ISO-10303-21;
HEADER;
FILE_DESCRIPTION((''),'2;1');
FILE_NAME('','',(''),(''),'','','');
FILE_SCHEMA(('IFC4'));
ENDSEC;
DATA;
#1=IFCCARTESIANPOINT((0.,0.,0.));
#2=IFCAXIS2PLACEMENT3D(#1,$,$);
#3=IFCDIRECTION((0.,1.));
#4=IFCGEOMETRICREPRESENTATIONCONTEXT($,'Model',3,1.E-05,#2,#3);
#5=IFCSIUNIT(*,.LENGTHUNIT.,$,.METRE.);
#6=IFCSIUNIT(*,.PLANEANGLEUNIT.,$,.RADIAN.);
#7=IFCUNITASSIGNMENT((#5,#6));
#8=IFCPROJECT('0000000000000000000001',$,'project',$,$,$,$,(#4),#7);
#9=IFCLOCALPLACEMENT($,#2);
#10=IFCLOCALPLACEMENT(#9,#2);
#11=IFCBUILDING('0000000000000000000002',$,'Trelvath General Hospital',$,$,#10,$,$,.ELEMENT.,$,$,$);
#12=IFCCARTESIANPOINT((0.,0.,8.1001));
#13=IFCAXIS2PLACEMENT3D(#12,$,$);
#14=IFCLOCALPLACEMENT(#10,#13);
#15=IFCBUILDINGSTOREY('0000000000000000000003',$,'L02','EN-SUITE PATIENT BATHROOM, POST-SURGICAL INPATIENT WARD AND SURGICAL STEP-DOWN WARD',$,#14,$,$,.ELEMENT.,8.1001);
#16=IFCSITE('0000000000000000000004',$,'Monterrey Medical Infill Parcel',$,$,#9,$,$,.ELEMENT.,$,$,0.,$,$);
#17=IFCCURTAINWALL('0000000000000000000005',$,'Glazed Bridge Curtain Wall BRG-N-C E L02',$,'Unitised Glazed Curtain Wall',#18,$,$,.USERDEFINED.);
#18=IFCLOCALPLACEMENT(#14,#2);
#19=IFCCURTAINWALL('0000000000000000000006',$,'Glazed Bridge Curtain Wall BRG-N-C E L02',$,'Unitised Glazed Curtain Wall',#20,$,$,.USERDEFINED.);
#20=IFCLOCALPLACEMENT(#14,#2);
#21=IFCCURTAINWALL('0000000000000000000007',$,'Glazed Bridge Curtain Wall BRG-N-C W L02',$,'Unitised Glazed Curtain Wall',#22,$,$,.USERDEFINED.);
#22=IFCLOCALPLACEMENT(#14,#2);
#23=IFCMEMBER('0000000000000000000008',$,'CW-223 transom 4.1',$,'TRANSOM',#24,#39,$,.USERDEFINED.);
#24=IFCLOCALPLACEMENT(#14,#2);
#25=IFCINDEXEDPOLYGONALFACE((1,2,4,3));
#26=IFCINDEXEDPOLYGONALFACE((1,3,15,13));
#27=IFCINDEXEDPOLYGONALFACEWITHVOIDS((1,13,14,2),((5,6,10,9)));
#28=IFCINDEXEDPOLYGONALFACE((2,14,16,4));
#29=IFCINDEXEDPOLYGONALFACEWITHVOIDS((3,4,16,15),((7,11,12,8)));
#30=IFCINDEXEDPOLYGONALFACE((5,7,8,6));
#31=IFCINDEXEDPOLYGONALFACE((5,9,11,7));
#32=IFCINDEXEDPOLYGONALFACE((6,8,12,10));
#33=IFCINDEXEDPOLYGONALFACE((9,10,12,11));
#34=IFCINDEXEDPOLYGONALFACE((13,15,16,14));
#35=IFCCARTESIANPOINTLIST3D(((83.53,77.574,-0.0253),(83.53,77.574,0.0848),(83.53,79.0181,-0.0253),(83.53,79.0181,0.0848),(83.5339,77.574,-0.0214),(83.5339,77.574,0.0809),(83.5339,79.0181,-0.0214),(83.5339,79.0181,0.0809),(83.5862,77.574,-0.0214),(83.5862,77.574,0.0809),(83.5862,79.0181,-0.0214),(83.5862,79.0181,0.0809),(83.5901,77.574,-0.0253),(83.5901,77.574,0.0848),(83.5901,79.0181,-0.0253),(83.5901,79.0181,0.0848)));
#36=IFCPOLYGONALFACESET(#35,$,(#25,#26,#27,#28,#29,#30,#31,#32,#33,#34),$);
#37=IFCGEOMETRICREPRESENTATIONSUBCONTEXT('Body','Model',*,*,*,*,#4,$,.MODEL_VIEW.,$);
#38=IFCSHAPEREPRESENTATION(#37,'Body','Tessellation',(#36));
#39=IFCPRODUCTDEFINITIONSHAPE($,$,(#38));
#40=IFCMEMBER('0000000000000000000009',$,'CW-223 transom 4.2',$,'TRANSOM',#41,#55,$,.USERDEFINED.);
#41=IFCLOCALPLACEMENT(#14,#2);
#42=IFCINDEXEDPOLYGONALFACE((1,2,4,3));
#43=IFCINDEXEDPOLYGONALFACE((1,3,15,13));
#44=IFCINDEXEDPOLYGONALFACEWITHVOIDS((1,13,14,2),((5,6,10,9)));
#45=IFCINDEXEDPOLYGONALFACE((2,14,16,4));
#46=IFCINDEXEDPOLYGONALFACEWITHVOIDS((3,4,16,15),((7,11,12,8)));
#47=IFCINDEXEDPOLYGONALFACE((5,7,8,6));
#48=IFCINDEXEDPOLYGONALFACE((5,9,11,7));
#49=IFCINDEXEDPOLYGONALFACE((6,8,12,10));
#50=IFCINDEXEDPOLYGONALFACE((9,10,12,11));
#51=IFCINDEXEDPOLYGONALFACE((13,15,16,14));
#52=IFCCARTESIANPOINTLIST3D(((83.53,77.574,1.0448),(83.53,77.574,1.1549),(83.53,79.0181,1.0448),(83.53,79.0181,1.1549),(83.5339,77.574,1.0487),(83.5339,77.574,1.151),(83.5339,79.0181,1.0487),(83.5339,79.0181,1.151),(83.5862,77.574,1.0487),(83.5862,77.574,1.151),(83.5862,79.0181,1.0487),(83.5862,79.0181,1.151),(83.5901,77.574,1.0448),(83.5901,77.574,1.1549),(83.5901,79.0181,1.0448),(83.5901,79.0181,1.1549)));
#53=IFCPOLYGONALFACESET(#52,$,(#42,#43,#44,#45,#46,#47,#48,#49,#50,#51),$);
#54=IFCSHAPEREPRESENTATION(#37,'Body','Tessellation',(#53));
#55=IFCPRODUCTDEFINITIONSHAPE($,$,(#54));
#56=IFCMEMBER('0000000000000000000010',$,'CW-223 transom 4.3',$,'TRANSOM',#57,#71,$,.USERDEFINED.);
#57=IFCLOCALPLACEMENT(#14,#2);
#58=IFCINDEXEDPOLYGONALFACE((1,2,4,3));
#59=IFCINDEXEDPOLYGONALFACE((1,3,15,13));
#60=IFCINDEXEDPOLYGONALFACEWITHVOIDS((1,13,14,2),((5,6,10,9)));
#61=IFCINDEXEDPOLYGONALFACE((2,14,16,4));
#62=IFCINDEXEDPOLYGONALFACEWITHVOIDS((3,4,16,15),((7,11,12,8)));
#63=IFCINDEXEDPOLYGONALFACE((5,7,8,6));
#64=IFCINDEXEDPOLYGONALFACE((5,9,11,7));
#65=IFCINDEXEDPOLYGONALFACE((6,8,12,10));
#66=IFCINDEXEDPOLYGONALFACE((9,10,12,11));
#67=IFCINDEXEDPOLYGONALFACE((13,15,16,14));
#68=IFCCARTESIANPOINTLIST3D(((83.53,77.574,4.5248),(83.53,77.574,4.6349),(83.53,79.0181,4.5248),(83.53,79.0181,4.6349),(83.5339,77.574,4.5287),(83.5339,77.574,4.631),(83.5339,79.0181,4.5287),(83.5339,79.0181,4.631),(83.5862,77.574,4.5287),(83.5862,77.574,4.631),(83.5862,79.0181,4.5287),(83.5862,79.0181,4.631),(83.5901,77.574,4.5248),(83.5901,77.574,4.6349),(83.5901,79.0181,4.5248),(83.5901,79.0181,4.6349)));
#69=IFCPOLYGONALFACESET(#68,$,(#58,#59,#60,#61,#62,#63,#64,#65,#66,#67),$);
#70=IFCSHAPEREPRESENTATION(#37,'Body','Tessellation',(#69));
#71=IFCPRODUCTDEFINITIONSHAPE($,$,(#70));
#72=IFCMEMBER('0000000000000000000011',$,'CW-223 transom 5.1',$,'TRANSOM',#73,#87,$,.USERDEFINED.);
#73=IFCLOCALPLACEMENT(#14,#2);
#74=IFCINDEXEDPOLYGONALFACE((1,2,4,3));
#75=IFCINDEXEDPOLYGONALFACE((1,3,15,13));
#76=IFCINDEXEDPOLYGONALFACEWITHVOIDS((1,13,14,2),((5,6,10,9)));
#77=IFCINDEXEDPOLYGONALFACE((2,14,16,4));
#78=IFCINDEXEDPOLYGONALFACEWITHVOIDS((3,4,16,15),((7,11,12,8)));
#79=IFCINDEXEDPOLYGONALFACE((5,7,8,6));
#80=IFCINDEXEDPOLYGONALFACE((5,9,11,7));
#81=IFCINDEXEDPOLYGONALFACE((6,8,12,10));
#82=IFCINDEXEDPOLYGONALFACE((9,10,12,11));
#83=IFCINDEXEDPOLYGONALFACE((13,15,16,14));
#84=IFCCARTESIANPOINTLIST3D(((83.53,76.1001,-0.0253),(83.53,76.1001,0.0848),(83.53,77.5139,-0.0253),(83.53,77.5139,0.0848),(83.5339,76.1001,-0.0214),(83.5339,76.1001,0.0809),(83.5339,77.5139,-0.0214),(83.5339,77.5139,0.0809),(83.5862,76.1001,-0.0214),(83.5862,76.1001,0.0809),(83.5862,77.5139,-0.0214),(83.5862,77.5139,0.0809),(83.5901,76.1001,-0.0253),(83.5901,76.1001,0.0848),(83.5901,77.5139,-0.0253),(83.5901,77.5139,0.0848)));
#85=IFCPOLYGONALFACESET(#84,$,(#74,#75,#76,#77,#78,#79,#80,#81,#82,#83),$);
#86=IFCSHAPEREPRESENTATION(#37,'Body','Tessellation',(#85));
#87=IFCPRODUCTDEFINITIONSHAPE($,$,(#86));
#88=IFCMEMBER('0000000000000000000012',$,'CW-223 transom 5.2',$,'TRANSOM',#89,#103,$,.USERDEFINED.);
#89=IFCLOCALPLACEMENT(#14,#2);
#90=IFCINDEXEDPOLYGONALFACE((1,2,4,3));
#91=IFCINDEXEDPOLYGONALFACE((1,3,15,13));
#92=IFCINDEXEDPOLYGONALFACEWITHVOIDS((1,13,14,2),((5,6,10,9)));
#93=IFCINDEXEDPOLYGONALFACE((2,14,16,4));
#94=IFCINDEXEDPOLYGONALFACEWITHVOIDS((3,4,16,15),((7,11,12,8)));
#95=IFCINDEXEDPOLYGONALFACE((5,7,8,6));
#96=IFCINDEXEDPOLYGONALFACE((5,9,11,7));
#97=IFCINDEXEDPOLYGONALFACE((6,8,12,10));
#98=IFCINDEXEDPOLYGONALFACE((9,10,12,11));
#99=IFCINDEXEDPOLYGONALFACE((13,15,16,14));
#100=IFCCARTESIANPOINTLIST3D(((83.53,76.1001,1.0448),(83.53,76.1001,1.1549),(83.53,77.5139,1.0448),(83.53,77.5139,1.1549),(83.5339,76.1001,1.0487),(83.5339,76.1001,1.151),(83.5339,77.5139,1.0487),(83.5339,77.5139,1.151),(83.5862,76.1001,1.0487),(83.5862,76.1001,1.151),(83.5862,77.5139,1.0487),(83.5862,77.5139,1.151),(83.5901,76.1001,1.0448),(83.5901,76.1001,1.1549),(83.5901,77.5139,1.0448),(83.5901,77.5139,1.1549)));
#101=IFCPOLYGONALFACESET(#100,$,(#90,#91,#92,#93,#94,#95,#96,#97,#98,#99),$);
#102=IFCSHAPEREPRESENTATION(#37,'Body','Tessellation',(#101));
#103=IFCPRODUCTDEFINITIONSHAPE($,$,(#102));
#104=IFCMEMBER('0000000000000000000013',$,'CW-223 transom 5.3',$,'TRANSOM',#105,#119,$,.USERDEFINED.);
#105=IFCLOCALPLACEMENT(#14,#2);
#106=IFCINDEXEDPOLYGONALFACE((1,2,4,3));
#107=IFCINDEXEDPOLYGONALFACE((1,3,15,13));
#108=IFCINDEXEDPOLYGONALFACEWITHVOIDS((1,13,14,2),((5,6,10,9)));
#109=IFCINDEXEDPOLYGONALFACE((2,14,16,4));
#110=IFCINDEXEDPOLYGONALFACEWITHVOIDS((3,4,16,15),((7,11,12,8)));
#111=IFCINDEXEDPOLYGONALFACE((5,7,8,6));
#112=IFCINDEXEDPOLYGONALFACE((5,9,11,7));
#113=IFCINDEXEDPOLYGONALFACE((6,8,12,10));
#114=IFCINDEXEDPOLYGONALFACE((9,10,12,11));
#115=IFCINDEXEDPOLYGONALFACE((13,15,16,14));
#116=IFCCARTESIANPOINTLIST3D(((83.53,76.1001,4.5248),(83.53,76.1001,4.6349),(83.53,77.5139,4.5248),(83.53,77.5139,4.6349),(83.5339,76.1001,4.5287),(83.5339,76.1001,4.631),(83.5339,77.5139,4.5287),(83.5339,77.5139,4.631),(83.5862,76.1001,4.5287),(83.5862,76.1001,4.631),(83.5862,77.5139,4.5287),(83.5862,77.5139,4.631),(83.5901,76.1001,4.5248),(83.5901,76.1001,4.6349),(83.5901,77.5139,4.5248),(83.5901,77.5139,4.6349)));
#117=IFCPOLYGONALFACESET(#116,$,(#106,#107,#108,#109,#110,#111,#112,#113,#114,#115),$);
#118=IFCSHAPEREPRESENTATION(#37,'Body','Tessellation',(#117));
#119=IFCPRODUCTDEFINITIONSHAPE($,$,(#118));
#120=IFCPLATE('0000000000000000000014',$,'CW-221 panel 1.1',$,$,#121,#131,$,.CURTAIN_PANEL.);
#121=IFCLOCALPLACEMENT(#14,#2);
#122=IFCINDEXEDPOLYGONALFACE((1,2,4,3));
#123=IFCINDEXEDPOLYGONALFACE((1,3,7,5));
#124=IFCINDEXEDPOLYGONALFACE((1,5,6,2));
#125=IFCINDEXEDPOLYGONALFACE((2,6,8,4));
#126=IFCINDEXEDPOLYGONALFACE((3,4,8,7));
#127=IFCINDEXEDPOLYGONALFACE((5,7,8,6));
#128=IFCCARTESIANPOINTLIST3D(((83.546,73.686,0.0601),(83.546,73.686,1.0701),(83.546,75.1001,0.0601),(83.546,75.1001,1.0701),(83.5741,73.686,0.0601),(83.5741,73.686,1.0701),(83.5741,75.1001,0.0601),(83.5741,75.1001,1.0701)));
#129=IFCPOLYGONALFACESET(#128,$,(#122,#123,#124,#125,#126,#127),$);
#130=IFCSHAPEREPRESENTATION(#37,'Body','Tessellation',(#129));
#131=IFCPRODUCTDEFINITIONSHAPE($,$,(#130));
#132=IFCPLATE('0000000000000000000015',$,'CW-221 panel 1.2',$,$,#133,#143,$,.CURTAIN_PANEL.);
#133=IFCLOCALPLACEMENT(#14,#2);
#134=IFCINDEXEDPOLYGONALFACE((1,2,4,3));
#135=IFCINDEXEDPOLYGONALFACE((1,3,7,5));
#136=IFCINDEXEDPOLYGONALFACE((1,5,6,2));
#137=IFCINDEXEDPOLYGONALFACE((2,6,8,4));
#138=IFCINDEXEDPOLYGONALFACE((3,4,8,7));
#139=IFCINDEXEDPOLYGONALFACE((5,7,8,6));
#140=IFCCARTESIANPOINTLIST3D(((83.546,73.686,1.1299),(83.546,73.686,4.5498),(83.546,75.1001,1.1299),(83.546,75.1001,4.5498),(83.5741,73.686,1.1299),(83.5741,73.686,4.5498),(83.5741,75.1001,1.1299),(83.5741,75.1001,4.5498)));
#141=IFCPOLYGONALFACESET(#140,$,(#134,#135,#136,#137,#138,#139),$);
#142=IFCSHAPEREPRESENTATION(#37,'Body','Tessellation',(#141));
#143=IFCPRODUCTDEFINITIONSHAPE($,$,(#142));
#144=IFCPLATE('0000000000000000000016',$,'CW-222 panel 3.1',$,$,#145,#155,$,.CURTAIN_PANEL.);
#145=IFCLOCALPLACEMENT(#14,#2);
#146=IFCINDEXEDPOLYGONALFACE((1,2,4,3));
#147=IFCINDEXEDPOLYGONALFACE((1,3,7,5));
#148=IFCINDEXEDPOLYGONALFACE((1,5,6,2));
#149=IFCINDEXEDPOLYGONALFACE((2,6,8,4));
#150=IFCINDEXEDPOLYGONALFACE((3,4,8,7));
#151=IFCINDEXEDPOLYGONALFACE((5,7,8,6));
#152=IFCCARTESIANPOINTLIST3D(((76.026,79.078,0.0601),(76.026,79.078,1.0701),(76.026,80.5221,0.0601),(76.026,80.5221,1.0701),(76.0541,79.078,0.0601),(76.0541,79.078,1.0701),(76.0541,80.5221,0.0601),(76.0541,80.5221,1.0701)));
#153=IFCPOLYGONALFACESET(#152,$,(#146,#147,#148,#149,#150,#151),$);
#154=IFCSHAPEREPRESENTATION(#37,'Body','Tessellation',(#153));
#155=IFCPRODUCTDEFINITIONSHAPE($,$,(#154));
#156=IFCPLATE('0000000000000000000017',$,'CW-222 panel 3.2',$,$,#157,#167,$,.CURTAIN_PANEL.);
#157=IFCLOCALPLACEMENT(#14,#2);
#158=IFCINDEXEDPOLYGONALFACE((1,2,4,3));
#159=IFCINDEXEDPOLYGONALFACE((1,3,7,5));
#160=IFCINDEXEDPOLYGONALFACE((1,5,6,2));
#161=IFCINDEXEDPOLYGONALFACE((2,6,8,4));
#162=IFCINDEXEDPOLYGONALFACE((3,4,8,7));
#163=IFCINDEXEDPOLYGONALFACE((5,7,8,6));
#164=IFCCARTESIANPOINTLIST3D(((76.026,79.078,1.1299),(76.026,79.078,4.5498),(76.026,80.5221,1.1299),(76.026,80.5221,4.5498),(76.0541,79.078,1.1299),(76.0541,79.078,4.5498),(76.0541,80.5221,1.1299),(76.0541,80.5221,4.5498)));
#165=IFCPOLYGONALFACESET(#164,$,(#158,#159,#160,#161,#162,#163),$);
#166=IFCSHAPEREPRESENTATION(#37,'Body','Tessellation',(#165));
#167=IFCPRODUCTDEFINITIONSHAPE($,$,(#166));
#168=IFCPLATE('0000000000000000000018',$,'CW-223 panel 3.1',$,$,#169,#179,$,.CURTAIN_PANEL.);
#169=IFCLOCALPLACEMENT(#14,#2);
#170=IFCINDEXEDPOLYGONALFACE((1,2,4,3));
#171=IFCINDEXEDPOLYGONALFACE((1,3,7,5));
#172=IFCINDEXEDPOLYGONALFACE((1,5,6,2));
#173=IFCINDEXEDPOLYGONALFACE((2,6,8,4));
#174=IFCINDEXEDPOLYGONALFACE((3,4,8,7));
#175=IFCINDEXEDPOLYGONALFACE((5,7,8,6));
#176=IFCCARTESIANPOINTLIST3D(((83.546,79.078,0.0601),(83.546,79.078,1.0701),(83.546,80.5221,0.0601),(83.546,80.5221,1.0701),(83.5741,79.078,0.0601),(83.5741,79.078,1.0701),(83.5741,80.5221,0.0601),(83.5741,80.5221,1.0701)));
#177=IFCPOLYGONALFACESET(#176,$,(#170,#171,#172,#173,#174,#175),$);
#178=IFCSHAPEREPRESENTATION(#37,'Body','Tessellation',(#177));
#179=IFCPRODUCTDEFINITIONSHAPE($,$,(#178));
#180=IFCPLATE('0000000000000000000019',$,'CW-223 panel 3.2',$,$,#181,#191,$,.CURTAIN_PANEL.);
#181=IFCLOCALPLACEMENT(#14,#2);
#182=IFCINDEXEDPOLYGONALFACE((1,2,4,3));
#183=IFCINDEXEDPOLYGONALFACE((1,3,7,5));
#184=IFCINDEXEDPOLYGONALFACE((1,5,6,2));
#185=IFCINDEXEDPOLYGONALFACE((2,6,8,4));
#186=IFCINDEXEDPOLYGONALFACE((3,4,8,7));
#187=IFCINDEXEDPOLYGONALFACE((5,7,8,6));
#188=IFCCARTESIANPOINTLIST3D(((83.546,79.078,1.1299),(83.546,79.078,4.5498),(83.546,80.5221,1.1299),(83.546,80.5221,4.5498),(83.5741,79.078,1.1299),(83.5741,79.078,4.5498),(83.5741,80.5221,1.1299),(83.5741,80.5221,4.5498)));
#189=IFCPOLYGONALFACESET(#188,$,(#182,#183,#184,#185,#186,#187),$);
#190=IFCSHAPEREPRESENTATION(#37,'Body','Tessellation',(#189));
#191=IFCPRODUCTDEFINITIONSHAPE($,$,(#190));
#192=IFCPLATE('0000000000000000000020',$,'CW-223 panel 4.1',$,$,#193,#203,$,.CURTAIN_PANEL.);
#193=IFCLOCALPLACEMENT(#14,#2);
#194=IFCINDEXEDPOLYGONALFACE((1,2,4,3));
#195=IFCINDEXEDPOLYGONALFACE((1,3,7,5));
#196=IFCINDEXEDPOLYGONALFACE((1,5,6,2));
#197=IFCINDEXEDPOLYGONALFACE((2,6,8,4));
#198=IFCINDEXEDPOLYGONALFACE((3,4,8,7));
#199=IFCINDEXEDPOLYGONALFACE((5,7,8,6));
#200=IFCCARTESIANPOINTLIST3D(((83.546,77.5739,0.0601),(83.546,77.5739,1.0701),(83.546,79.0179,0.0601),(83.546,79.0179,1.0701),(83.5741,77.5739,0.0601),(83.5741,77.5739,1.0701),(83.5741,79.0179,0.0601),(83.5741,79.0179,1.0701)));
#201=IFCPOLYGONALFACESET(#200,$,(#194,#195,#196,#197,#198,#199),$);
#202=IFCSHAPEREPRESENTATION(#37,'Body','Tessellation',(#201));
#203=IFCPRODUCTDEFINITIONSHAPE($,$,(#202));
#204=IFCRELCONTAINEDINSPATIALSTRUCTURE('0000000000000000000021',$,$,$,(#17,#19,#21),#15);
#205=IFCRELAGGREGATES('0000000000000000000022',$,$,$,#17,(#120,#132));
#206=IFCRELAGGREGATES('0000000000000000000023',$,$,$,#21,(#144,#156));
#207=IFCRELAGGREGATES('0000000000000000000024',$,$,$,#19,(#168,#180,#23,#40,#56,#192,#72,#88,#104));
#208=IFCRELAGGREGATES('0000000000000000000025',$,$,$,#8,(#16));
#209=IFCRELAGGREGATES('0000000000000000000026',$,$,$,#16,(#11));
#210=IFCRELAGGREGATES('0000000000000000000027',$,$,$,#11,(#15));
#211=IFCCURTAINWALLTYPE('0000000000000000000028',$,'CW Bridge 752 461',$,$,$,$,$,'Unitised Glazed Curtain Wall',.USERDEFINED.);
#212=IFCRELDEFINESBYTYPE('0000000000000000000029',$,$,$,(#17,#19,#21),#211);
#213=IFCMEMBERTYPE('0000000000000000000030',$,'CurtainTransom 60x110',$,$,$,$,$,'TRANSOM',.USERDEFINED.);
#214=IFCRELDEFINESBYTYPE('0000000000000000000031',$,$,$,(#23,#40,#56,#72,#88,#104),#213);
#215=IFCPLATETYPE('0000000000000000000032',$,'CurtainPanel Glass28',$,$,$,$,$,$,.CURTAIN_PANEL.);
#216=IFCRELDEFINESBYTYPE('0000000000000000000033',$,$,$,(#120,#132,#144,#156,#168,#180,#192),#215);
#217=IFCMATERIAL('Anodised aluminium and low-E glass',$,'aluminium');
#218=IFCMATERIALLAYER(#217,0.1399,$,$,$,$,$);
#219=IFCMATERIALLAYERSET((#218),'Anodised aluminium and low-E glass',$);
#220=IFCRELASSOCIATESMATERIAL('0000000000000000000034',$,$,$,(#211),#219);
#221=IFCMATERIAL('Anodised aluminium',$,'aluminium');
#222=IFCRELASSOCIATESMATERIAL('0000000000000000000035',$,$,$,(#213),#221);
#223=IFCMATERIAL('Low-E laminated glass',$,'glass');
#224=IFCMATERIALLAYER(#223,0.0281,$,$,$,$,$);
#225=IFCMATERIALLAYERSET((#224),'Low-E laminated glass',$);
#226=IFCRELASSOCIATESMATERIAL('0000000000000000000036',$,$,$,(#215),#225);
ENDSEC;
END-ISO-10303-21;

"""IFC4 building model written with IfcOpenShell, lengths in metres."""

from ifc_helpers import new_model, si_unit, direction, frame, origin, origin_2d, place, context, subcontext, project, spatial, rectangle, hollow_rectangle, extrude, material, layer, layer_set, material_profile, profile_set, type_object, element, aggregate, save


model = new_model("IFC4")

# Units and contexts
model_context = context("Model", 3, precision=1e-05, world=origin(), true_north=direction((0.0, 1.0)))
body_context = subcontext(model_context, "Body", "Model", "MODEL_VIEW")
ifc_project = project(units=[si_unit("LENGTHUNIT", "METRE"), si_unit("PLANEANGLEUNIT", "RADIAN")], contexts=[model_context])

# Site, building, storey
site_placement = place(None, origin())
site = spatial("IfcSite", under=ifc_project, at=site_placement, Name="Monterrey Medical Infill Parcel", CompositionType="ELEMENT", RefElevation=0.0)
building_placement = place(site_placement, origin())
building = spatial("IfcBuilding", under=site, at=building_placement, Name="Trelvath General Hospital", CompositionType="ELEMENT")
storey_placement = place(building_placement, frame((0.0, 0.0, 8.1001)))
storey = spatial("IfcBuildingStorey", under=building, at=storey_placement, Name="L02", Description="EN-SUITE PATIENT BATHROOM, POST-SURGICAL INPATIENT WARD AND SURGICAL STEP-DOWN WARD", CompositionType="ELEMENT", Elevation=8.1001)

# Curtain walls
ifc_material_1 = material(Name="Anodised aluminium and low-E glass", Category="aluminium")
ifc_layer_1 = layer(ifc_material_1, 0.1399)
ifc_layer_set_1 = layer_set([ifc_layer_1], Name="Anodised aluminium and low-E glass")
curtain_wall_type = type_object("IfcCurtainWallType", Name="CW Bridge 752 461", ElementType="Unitised Glazed Curtain Wall", PredefinedType="USERDEFINED", material=ifc_layer_set_1)
curtain_wall_1_placement = place(storey_placement, origin())
curtain_wall_1 = element("IfcCurtainWall", 1, at=curtain_wall_1_placement, inside=storey, type_object=curtain_wall_type, Name="Glazed Bridge Curtain Wall BRG-N-C E L02", ObjectType="Unitised Glazed Curtain Wall", PredefinedType="USERDEFINED")
curtain_wall_2_placement = place(storey_placement, origin())
curtain_wall_2 = element("IfcCurtainWall", 2, at=curtain_wall_2_placement, inside=storey, type_object=curtain_wall_type, Name="Glazed Bridge Curtain Wall BRG-N-C E L02", ObjectType="Unitised Glazed Curtain Wall", PredefinedType="USERDEFINED")

# Shared definitions
ifc_material_2 = material(Name="Anodised aluminium", Category="aluminium")
ifc_material_profile_1 = material_profile(ifc_material_2, hollow_rectangle(XDim=0.0601, YDim=0.1101, WallThickness=0.0039, at=origin_2d()), Name="RHS60x110x4")
ifc_profile_set_1 = profile_set([ifc_material_profile_1], Name="Anodised aluminium")
member_type_1 = type_object("IfcMemberType", Name="CurtainTransom 60x110", ElementType="TRANSOM", PredefinedType="USERDEFINED", material=ifc_profile_set_1)

# Curtain wall
curtain_wall_3_placement = place(storey_placement, origin())
curtain_wall_3 = element("IfcCurtainWall", 3, at=curtain_wall_3_placement, inside=storey, type_object=curtain_wall_type, Name="Glazed Bridge Curtain Wall BRG-N-C W L02", ObjectType="Unitised Glazed Curtain Wall", PredefinedType="USERDEFINED")

# Members
member_1_placement = place(storey_placement, frame((83.5601, 79.0181, 0.0298), z_axis=(0.0, -1.0, 0.0), x_axis=(1.0, 0.0, 0.0)))
member_1 = element("IfcMember", 4, at=member_1_placement, type_object=member_type_1, Name="CW-223 transom 4.1", ObjectType="TRANSOM", PredefinedType="USERDEFINED", context=body_context, shape_type="SweptSolid", body=[
    extrude(hollow_rectangle(XDim=0.0601, YDim=0.1101, WallThickness=0.0039, at=origin_2d()), origin(), (0.0, 0.0, 1.0), 1.4441),
])
member_2_placement = place(storey_placement, frame((83.5601, 79.0181, 1.0999), z_axis=(0.0, -1.0, 0.0), x_axis=(1.0, 0.0, 0.0)))
member_2 = element("IfcMember", 5, at=member_2_placement, type_object=member_type_1, Name="CW-223 transom 4.2", ObjectType="TRANSOM", PredefinedType="USERDEFINED", context=body_context, shape_type="SweptSolid", body=[
    extrude(hollow_rectangle(XDim=0.0601, YDim=0.1101, WallThickness=0.0039, at=origin_2d()), origin(), (0.0, 0.0, 1.0), 1.4441),
])
member_3_placement = place(storey_placement, frame((83.5601, 79.0181, 4.5798), z_axis=(0.0, -1.0, 0.0), x_axis=(1.0, 0.0, 0.0)))
member_3 = element("IfcMember", 6, at=member_3_placement, type_object=member_type_1, Name="CW-223 transom 4.3", ObjectType="TRANSOM", PredefinedType="USERDEFINED", context=body_context, shape_type="SweptSolid", body=[
    extrude(hollow_rectangle(XDim=0.0601, YDim=0.1101, WallThickness=0.0039, at=origin_2d()), origin(), (0.0, 0.0, 1.0), 1.4441),
])
member_4_placement = place(storey_placement, frame((83.5601, 77.5139, 0.0298), z_axis=(0.0, -1.0, 0.0), x_axis=(1.0, 0.0, 0.0)))
member_4 = element("IfcMember", 7, at=member_4_placement, type_object=member_type_1, Name="CW-223 transom 5.1", ObjectType="TRANSOM", PredefinedType="USERDEFINED", context=body_context, shape_type="SweptSolid", body=[
    extrude(hollow_rectangle(XDim=0.0601, YDim=0.1101, WallThickness=0.0039, at=origin_2d()), origin(), (0.0, 0.0, 1.0), 1.4138),
])
member_5_placement = place(storey_placement, frame((83.5601, 77.5139, 1.0999), z_axis=(0.0, -1.0, 0.0), x_axis=(1.0, 0.0, 0.0)))
member_5 = element("IfcMember", 8, at=member_5_placement, type_object=member_type_1, Name="CW-223 transom 5.2", ObjectType="TRANSOM", PredefinedType="USERDEFINED", context=body_context, shape_type="SweptSolid", body=[
    extrude(hollow_rectangle(XDim=0.0601, YDim=0.1101, WallThickness=0.0039, at=origin_2d()), origin(), (0.0, 0.0, 1.0), 1.4138),
])
member_6_placement = place(storey_placement, frame((83.5601, 77.5139, 4.5798), z_axis=(0.0, -1.0, 0.0), x_axis=(1.0, 0.0, 0.0)))
member_6 = element("IfcMember", 9, at=member_6_placement, type_object=member_type_1, Name="CW-223 transom 5.3", ObjectType="TRANSOM", PredefinedType="USERDEFINED", context=body_context, shape_type="SweptSolid", body=[
    extrude(hollow_rectangle(XDim=0.0601, YDim=0.1101, WallThickness=0.0039, at=origin_2d()), origin(), (0.0, 0.0, 1.0), 1.4138),
])

# Plates
ifc_material_3 = material(Name="Low-E laminated glass", Category="glass")
ifc_layer_2 = layer(ifc_material_3, 0.0281)
ifc_layer_set_2 = layer_set([ifc_layer_2], Name="Low-E laminated glass")
plate_type = type_object("IfcPlateType", Name="CurtainPanel Glass28", PredefinedType="CURTAIN_PANEL", material=ifc_layer_set_2)
plate_1_placement = place(storey_placement, frame((83.5601, 74.3931, 0.0601), z_axis=(0.0, 0.0, 1.0), x_axis=(0.0, -1.0, 0.0)))
plate_1 = element("IfcPlate", 10, at=plate_1_placement, type_object=plate_type, Name="CW-221 panel 1.1", PredefinedType="CURTAIN_PANEL", context=body_context, shape_type="SweptSolid", body=[
    extrude(rectangle(XDim=1.4141, YDim=0.0281, at=origin_2d()), origin(), (0.0, 0.0, 1.0), 1.01),
])
plate_2_placement = place(storey_placement, frame((83.5601, 74.3931, 1.1299), z_axis=(0.0, 0.0, 1.0), x_axis=(0.0, -1.0, 0.0)))
plate_2 = element("IfcPlate", 11, at=plate_2_placement, type_object=plate_type, Name="CW-221 panel 1.2", PredefinedType="CURTAIN_PANEL", context=body_context, shape_type="SweptSolid", body=[
    extrude(rectangle(XDim=1.4141, YDim=0.0281, at=origin_2d()), origin(), (0.0, 0.0, 1.0), 3.4199),
])
aggregate(curtain_wall_1, [plate_1, plate_2])
plate_3_placement = place(storey_placement, frame((76.04, 79.8, 0.0601), z_axis=(0.0, 0.0, 1.0), x_axis=(0.0, 1.0, 0.0)))
plate_3 = element("IfcPlate", 12, at=plate_3_placement, type_object=plate_type, Name="CW-222 panel 3.1", PredefinedType="CURTAIN_PANEL", context=body_context, shape_type="SweptSolid", body=[
    extrude(rectangle(XDim=1.4441, YDim=0.0281, at=origin_2d()), origin(), (0.0, 0.0, 1.0), 1.01),
])
plate_4_placement = place(storey_placement, frame((76.04, 79.8, 1.1299), z_axis=(0.0, 0.0, 1.0), x_axis=(0.0, 1.0, 0.0)))
plate_4 = element("IfcPlate", 13, at=plate_4_placement, type_object=plate_type, Name="CW-222 panel 3.2", PredefinedType="CURTAIN_PANEL", context=body_context, shape_type="SweptSolid", body=[
    extrude(rectangle(XDim=1.4441, YDim=0.0281, at=origin_2d()), origin(), (0.0, 0.0, 1.0), 3.4199),
])
aggregate(curtain_wall_3, [plate_3, plate_4])
plate_5_placement = place(storey_placement, frame((83.5601, 79.8, 0.0601), z_axis=(0.0, 0.0, 1.0), x_axis=(0.0, -1.0, 0.0)))
plate_5 = element("IfcPlate", 14, at=plate_5_placement, type_object=plate_type, Name="CW-223 panel 3.1", PredefinedType="CURTAIN_PANEL", context=body_context, shape_type="SweptSolid", body=[
    extrude(rectangle(XDim=1.4441, YDim=0.0281, at=origin_2d()), origin(), (0.0, 0.0, 1.0), 1.01),
])
plate_6_placement = place(storey_placement, frame((83.5601, 79.8, 1.1299), z_axis=(0.0, 0.0, 1.0), x_axis=(0.0, -1.0, 0.0)))
plate_6 = element("IfcPlate", 15, at=plate_6_placement, type_object=plate_type, Name="CW-223 panel 3.2", PredefinedType="CURTAIN_PANEL", context=body_context, shape_type="SweptSolid", body=[
    extrude(rectangle(XDim=1.4441, YDim=0.0281, at=origin_2d()), origin(), (0.0, 0.0, 1.0), 3.4199),
])
plate_7_placement = place(storey_placement, frame((83.5601, 78.2959, 0.0601), z_axis=(0.0, 0.0, 1.0), x_axis=(0.0, -1.0, 0.0)))
plate_7 = element("IfcPlate", 16, at=plate_7_placement, type_object=plate_type, Name="CW-223 panel 4.1", PredefinedType="CURTAIN_PANEL", context=body_context, shape_type="SweptSolid", body=[
    extrude(rectangle(XDim=1.4441, YDim=0.0281, at=origin_2d()), origin(), (0.0, 0.0, 1.0), 1.01),
])
aggregate(curtain_wall_2, [plate_5, plate_6, member_1, member_2, member_3, plate_7, member_4, member_5, member_6])

save(model, "model.ifc")
